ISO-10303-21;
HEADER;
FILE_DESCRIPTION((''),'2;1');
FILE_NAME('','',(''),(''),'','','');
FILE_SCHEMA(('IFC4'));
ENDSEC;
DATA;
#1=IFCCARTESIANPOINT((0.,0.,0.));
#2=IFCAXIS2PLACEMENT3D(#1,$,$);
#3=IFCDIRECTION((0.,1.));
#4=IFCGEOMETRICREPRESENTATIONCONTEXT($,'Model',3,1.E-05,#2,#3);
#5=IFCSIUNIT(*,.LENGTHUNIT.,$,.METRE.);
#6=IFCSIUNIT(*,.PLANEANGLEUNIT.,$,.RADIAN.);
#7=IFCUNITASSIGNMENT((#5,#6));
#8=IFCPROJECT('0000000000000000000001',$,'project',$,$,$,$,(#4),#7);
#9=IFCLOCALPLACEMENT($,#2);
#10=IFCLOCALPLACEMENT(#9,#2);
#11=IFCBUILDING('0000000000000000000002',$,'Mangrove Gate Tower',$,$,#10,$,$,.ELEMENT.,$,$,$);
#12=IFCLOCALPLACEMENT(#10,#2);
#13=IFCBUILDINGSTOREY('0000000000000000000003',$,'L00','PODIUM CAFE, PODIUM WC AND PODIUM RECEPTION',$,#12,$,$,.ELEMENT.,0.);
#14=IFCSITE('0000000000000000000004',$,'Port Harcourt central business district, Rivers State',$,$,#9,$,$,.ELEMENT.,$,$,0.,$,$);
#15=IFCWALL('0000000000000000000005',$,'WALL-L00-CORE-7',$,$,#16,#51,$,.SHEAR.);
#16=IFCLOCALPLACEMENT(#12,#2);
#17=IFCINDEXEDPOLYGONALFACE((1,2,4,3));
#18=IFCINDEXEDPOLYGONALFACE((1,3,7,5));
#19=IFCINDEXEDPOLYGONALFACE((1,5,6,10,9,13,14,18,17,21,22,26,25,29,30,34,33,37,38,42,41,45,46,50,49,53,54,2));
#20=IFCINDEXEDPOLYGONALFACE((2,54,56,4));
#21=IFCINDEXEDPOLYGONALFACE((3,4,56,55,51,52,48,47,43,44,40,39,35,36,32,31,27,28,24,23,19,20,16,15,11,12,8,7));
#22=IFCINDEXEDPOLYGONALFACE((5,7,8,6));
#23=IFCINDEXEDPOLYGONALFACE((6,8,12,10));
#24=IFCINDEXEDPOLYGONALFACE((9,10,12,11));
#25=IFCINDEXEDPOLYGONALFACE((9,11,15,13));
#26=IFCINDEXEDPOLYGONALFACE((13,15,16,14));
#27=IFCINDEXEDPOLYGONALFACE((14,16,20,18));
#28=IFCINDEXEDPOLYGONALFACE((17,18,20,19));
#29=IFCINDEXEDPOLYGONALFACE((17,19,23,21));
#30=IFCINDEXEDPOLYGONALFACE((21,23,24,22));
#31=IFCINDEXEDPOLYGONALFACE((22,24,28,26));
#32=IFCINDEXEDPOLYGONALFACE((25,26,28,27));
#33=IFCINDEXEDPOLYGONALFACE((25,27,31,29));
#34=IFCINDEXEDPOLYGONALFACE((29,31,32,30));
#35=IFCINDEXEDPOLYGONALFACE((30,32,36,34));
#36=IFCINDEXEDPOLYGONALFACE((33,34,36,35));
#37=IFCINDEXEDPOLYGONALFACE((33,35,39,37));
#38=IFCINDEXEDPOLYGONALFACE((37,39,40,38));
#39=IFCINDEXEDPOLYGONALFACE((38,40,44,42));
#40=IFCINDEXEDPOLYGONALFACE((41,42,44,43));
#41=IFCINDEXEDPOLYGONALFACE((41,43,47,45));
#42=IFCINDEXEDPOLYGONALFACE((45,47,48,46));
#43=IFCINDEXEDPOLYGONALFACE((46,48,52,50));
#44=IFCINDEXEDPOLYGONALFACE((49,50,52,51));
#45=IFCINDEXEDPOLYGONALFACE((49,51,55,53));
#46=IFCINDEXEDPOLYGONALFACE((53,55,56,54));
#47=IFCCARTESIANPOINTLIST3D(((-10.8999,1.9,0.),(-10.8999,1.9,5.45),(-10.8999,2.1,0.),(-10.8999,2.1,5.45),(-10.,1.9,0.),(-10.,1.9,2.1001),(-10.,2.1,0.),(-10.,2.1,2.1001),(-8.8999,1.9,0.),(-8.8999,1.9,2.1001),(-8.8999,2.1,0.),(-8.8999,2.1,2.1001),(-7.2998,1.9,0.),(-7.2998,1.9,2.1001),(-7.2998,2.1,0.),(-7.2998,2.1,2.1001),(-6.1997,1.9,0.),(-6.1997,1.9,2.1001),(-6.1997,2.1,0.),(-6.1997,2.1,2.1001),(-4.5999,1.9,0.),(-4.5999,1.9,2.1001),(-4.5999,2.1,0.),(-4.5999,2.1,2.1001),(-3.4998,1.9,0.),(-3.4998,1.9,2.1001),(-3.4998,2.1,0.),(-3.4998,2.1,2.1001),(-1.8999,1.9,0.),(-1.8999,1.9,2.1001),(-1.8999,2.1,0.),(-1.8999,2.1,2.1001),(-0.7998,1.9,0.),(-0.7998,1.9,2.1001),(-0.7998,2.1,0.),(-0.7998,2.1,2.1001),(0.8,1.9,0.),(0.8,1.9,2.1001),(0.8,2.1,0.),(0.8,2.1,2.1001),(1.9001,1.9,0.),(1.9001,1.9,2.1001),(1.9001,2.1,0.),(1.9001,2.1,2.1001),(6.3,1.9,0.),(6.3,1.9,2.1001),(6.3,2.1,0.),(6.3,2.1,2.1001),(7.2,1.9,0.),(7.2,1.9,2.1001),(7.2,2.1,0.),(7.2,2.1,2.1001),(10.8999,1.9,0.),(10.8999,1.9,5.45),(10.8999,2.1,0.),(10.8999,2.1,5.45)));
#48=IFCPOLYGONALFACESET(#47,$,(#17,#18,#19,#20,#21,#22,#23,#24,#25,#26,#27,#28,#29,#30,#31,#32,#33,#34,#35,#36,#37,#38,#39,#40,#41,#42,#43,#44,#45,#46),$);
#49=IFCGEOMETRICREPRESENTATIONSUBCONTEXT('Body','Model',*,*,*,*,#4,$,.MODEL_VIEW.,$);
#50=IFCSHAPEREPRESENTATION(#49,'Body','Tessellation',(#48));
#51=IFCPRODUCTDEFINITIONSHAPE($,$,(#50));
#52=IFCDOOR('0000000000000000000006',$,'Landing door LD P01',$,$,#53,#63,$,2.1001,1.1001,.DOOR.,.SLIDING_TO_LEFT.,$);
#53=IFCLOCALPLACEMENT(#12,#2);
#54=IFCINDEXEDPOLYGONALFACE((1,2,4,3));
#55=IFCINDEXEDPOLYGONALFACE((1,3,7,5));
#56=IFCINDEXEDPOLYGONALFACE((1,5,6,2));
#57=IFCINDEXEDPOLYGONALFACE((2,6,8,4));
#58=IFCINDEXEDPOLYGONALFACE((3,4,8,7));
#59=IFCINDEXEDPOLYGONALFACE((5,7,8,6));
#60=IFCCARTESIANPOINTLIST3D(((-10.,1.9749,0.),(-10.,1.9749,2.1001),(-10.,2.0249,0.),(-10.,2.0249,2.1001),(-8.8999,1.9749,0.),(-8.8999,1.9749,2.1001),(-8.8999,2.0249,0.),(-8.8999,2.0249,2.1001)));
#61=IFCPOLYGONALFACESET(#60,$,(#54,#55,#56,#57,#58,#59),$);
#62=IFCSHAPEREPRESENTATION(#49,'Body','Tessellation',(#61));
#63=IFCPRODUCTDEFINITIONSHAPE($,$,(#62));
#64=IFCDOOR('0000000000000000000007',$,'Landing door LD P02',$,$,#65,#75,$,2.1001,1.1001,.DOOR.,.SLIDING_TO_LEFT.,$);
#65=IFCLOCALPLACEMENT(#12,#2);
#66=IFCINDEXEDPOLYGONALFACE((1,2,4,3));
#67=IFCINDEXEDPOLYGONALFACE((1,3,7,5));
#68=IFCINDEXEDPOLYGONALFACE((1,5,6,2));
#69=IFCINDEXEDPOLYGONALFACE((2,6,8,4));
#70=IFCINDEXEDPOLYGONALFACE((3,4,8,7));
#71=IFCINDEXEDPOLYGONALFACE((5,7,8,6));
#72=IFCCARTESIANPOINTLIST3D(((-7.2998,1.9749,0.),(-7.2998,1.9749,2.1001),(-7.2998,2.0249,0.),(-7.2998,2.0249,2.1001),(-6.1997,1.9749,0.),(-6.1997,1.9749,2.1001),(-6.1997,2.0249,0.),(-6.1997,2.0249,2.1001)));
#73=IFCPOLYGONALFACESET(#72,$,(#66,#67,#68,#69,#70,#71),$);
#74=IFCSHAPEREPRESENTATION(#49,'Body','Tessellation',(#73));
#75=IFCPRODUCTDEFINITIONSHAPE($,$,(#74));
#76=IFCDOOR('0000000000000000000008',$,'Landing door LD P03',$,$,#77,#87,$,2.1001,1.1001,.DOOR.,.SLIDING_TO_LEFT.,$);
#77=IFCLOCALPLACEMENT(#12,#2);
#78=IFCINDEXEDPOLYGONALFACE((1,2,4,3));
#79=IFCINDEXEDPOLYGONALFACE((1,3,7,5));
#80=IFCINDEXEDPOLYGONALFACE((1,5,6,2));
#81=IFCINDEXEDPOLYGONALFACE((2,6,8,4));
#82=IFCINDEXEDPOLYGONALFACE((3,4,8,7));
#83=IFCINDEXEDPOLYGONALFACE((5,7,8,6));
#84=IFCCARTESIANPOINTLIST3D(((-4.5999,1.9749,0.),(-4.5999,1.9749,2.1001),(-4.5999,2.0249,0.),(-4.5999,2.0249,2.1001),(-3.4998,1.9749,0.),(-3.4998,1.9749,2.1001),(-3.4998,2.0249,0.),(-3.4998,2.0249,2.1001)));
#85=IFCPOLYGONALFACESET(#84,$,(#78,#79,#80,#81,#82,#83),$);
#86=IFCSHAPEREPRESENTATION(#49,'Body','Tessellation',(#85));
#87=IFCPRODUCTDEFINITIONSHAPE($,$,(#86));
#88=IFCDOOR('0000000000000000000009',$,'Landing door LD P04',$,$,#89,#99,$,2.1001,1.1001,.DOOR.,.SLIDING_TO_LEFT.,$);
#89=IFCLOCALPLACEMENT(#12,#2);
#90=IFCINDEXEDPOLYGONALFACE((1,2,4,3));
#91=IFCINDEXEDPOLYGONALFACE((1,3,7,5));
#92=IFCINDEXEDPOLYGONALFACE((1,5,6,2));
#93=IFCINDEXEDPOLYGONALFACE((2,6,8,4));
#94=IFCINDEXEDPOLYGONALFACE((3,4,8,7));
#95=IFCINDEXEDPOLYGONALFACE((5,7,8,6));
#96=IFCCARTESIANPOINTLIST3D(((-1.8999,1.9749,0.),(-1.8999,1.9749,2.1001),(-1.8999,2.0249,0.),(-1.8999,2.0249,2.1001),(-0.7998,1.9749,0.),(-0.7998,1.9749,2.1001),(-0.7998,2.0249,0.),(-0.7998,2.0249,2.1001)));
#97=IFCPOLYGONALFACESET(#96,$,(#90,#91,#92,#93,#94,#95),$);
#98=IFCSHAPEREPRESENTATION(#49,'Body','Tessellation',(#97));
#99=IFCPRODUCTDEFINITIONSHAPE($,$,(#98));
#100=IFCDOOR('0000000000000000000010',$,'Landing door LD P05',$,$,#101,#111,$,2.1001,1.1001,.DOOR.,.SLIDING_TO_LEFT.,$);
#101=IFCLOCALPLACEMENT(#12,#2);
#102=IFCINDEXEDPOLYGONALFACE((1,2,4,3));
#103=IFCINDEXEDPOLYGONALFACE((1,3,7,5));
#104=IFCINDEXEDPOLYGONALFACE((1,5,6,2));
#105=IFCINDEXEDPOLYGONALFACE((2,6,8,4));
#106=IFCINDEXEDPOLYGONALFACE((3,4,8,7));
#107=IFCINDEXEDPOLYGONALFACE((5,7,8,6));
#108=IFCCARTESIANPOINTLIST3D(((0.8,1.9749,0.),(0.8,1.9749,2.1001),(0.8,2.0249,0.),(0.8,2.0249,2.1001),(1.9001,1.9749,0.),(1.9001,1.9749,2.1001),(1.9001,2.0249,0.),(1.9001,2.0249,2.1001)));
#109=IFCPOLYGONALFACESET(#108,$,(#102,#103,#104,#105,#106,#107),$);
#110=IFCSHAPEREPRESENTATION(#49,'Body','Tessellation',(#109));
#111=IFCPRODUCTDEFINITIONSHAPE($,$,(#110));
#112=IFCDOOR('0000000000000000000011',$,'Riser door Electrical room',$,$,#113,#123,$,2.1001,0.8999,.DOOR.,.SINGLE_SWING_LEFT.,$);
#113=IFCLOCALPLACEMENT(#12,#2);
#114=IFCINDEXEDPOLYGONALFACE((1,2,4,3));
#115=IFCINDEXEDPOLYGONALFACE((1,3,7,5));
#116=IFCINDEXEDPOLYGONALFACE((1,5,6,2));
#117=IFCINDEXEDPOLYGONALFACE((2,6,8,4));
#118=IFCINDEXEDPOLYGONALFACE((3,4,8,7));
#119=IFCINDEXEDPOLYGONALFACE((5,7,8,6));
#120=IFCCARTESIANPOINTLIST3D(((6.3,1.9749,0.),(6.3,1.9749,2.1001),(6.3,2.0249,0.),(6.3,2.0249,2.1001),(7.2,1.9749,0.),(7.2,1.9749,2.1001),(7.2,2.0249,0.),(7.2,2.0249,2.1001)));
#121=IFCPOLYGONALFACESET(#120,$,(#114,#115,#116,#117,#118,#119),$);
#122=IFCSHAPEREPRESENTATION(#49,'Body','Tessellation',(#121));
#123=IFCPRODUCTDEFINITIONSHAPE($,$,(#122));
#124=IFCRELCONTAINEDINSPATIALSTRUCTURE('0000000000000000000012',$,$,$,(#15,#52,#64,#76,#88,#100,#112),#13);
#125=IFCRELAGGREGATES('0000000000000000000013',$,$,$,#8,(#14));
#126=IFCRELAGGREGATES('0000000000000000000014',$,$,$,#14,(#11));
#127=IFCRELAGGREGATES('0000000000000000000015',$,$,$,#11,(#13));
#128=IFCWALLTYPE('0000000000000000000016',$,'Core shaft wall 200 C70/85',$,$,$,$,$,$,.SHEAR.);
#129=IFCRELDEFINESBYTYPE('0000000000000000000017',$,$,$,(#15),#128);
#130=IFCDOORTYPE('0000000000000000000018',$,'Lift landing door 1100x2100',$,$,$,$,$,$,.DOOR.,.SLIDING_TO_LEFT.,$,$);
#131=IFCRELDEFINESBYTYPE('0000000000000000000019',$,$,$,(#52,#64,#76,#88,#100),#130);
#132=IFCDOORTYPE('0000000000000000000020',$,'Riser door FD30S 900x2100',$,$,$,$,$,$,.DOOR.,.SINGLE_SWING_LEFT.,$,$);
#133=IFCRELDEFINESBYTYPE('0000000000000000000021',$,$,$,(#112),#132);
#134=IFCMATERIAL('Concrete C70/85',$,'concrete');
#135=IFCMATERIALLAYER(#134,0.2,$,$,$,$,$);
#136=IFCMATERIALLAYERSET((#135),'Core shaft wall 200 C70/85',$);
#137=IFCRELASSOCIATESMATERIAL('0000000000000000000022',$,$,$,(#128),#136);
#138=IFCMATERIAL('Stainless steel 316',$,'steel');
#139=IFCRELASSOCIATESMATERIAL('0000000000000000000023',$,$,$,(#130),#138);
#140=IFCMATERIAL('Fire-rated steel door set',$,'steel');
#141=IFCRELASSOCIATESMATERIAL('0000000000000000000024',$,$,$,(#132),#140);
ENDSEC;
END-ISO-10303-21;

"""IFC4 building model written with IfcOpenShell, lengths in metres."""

from ifc_helpers import new_model, si_unit, direction, frame, frame_2d, origin, place, context, subcontext, project, spatial, rectangle, extrude, material, layer, layer_set, type_object, element, fill, save


model = new_model("IFC4")

# Units and contexts
model_context = context("Model", 3, precision=1e-05, world=origin(), true_north=direction((0.0, 1.0)))
body_context = subcontext(model_context, "Body", "Model", "MODEL_VIEW")
ifc_project = project(units=[si_unit("LENGTHUNIT", "METRE"), si_unit("PLANEANGLEUNIT", "RADIAN")], contexts=[model_context])

# Site, building, storey
site_placement = place(None, origin())
site = spatial("IfcSite", under=ifc_project, at=site_placement, Name="Port Harcourt central business district, Rivers State", CompositionType="ELEMENT", RefElevation=0.0)
building_placement = place(site_placement, origin())
building = spatial("IfcBuilding", under=site, at=building_placement, Name="Mangrove Gate Tower", CompositionType="ELEMENT")
storey_placement = place(building_placement, origin())
storey = spatial("IfcBuildingStorey", under=building, at=storey_placement, Name="L00", Description="PODIUM CAFE, PODIUM WC AND PODIUM RECEPTION", CompositionType="ELEMENT", Elevation=0.0)

# Shared definitions
ifc_material_1 = material(Name="Concrete C70/85", Category="concrete")
ifc_layer = layer(ifc_material_1, 0.2)
ifc_layer_set = layer_set([ifc_layer], Name="Core shaft wall 200 C70/85")
wall_type = type_object("IfcWallType", Name="Core shaft wall 200 C70/85", PredefinedType="SHEAR", material=ifc_layer_set)

# Wall, openings, doors
wall_1_placement = place(storey_placement, frame((-10.8999, 2.0, 0.0), z_axis=(0.0, 0.0, 1.0), x_axis=(1.0, 0.0, 0.0)))
wall_1 = element("IfcWall", 1, at=wall_1_placement, inside=storey, type_object=wall_type, Name="WALL-L00-CORE-7", PredefinedType="SHEAR", context=body_context, shape_type="SweptSolid", body=[
    extrude(rectangle(XDim=21.7998, YDim=0.2, at=frame_2d((10.8999, 0.0))), origin(), (0.0, 0.0, 1.0), 5.45),
])
opening_1_placement = place(wall_1_placement, frame((0.8999, 0.0, 0.0)))
opening_1 = element("IfcOpeningElement", 2, at=opening_1_placement, cuts=wall_1, PredefinedType="OPENING", context=body_context, shape_type="SweptSolid", body=[
    extrude(rectangle(XDim=1.1001, YDim=2.1001, at=frame_2d((0.55, 1.05))), frame((0.0, 0.1099, 0.0), z_axis=(0.0, -1.0, 0.0), x_axis=(1.0, 0.0, 0.0)), (0.0, 0.0, 1.0), 0.22),
])
opening_2_placement = place(wall_1_placement, frame((3.6001, 0.0, 0.0)))
opening_2 = element("IfcOpeningElement", 3, at=opening_2_placement, cuts=wall_1, PredefinedType="OPENING", context=body_context, shape_type="SweptSolid", body=[
    extrude(rectangle(XDim=1.1001, YDim=2.1001, at=frame_2d((0.55, 1.05))), frame((0.0, 0.1099, 0.0), z_axis=(0.0, -1.0, 0.0), x_axis=(1.0, 0.0, 0.0)), (0.0, 0.0, 1.0), 0.22),
])
opening_3_placement = place(wall_1_placement, frame((6.3, 0.0, 0.0)))
opening_3 = element("IfcOpeningElement", 4, at=opening_3_placement, cuts=wall_1, PredefinedType="OPENING", context=body_context, shape_type="SweptSolid", body=[
    extrude(rectangle(XDim=1.1001, YDim=2.1001, at=frame_2d((0.55, 1.05))), frame((0.0, 0.1099, 0.0), z_axis=(0.0, -1.0, 0.0), x_axis=(1.0, 0.0, 0.0)), (0.0, 0.0, 1.0), 0.22),
])
opening_4_placement = place(wall_1_placement, frame((9.0, 0.0, 0.0)))
opening_4 = element("IfcOpeningElement", 5, at=opening_4_placement, cuts=wall_1, PredefinedType="OPENING", context=body_context, shape_type="SweptSolid", body=[
    extrude(rectangle(XDim=1.1001, YDim=2.1001, at=frame_2d((0.55, 1.05))), frame((0.0, 0.1099, 0.0), z_axis=(0.0, -1.0, 0.0), x_axis=(1.0, 0.0, 0.0)), (0.0, 0.0, 1.0), 0.22),
])
opening_5_placement = place(wall_1_placement, frame((11.7, 0.0, 0.0)))
opening_5 = element("IfcOpeningElement", 6, at=opening_5_placement, cuts=wall_1, PredefinedType="OPENING", context=body_context, shape_type="SweptSolid", body=[
    extrude(rectangle(XDim=1.1001, YDim=2.1001, at=frame_2d((0.55, 1.05))), frame((0.0, 0.1099, 0.0), z_axis=(0.0, -1.0, 0.0), x_axis=(1.0, 0.0, 0.0)), (0.0, 0.0, 1.0), 0.22),
])
opening_6_placement = place(wall_1_placement, frame((17.2, 0.0, 0.0)))
opening_6 = element("IfcOpeningElement", 7, at=opening_6_placement, cuts=wall_1, PredefinedType="OPENING", context=body_context, shape_type="SweptSolid", body=[
    extrude(rectangle(XDim=0.8999, YDim=2.1001, at=frame_2d((0.45, 1.05))), frame((0.0, 0.1099, 0.0), z_axis=(0.0, -1.0, 0.0), x_axis=(1.0, 0.0, 0.0)), (0.0, 0.0, 1.0), 0.22),
])
ifc_material_2 = material(Name="Stainless steel 316", Category="steel")
door_type_1 = type_object("IfcDoorType", Name="Lift landing door 1100x2100", OperationType="SLIDING_TO_LEFT", PredefinedType="DOOR", material=ifc_material_2)
door_1_placement = place(opening_1_placement, origin())
door_1 = element("IfcDoor", 8, at=door_1_placement, inside=storey, type_object=door_type_1, Name="Landing door LD P01", OperationType="SLIDING_TO_LEFT", OverallHeight=2.1001, OverallWidth=1.1001, PredefinedType="DOOR", context=body_context, shape_type="SweptSolid", body=[
    extrude(rectangle(XDim=1.1001, YDim=2.1001, at=frame_2d((0.55, 1.05))), frame((0.0, 0.0249, 0.0), z_axis=(0.0, -1.0, 0.0), x_axis=(1.0, 0.0, 0.0)), (0.0, 0.0, 1.0), 0.05),
])
fill(opening_1, door_1)
door_2_placement = place(opening_2_placement, origin())
door_2 = element("IfcDoor", 9, at=door_2_placement, inside=storey, type_object=door_type_1, Name="Landing door LD P02", OperationType="SLIDING_TO_LEFT", OverallHeight=2.1001, OverallWidth=1.1001, PredefinedType="DOOR", context=body_context, shape_type="SweptSolid", body=[
    extrude(rectangle(XDim=1.1001, YDim=2.1001, at=frame_2d((0.55, 1.05))), frame((0.0, 0.0249, 0.0), z_axis=(0.0, -1.0, 0.0), x_axis=(1.0, 0.0, 0.0)), (0.0, 0.0, 1.0), 0.05),
])
fill(opening_2, door_2)
door_3_placement = place(opening_3_placement, origin())
door_3 = element("IfcDoor", 10, at=door_3_placement, inside=storey, type_object=door_type_1, Name="Landing door LD P03", OperationType="SLIDING_TO_LEFT", OverallHeight=2.1001, OverallWidth=1.1001, PredefinedType="DOOR", context=body_context, shape_type="SweptSolid", body=[
    extrude(rectangle(XDim=1.1001, YDim=2.1001, at=frame_2d((0.55, 1.05))), frame((0.0, 0.0249, 0.0), z_axis=(0.0, -1.0, 0.0), x_axis=(1.0, 0.0, 0.0)), (0.0, 0.0, 1.0), 0.05),
])
fill(opening_3, door_3)
door_4_placement = place(opening_4_placement, origin())
door_4 = element("IfcDoor", 11, at=door_4_placement, inside=storey, type_object=door_type_1, Name="Landing door LD P04", OperationType="SLIDING_TO_LEFT", OverallHeight=2.1001, OverallWidth=1.1001, PredefinedType="DOOR", context=body_context, shape_type="SweptSolid", body=[
    extrude(rectangle(XDim=1.1001, YDim=2.1001, at=frame_2d((0.55, 1.05))), frame((0.0, 0.0249, 0.0), z_axis=(0.0, -1.0, 0.0), x_axis=(1.0, 0.0, 0.0)), (0.0, 0.0, 1.0), 0.05),
])
fill(opening_4, door_4)
door_5_placement = place(opening_5_placement, origin())
door_5 = element("IfcDoor", 12, at=door_5_placement, inside=storey, type_object=door_type_1, Name="Landing door LD P05", OperationType="SLIDING_TO_LEFT", OverallHeight=2.1001, OverallWidth=1.1001, PredefinedType="DOOR", context=body_context, shape_type="SweptSolid", body=[
    extrude(rectangle(XDim=1.1001, YDim=2.1001, at=frame_2d((0.55, 1.05))), frame((0.0, 0.0249, 0.0), z_axis=(0.0, -1.0, 0.0), x_axis=(1.0, 0.0, 0.0)), (0.0, 0.0, 1.0), 0.05),
])
fill(opening_5, door_5)
ifc_material_3 = material(Name="Fire-rated steel door set", Category="steel")
door_type_2 = type_object("IfcDoorType", Name="Riser door FD30S 900x2100", OperationType="SINGLE_SWING_LEFT", PredefinedType="DOOR", material=ifc_material_3)
door_6_placement = place(opening_6_placement, origin())
door_6 = element("IfcDoor", 13, at=door_6_placement, inside=storey, type_object=door_type_2, Name="Riser door Electrical room", OperationType="SINGLE_SWING_LEFT", OverallHeight=2.1001, OverallWidth=0.8999, PredefinedType="DOOR", context=body_context, shape_type="SweptSolid", body=[
    extrude(rectangle(XDim=0.8999, YDim=2.1001, at=frame_2d((0.45, 1.05))), frame((0.0, 0.0249, 0.0), z_axis=(0.0, -1.0, 0.0), x_axis=(1.0, 0.0, 0.0)), (0.0, 0.0, 1.0), 0.05),
])
fill(opening_6, door_6)

save(model, "model.ifc")
